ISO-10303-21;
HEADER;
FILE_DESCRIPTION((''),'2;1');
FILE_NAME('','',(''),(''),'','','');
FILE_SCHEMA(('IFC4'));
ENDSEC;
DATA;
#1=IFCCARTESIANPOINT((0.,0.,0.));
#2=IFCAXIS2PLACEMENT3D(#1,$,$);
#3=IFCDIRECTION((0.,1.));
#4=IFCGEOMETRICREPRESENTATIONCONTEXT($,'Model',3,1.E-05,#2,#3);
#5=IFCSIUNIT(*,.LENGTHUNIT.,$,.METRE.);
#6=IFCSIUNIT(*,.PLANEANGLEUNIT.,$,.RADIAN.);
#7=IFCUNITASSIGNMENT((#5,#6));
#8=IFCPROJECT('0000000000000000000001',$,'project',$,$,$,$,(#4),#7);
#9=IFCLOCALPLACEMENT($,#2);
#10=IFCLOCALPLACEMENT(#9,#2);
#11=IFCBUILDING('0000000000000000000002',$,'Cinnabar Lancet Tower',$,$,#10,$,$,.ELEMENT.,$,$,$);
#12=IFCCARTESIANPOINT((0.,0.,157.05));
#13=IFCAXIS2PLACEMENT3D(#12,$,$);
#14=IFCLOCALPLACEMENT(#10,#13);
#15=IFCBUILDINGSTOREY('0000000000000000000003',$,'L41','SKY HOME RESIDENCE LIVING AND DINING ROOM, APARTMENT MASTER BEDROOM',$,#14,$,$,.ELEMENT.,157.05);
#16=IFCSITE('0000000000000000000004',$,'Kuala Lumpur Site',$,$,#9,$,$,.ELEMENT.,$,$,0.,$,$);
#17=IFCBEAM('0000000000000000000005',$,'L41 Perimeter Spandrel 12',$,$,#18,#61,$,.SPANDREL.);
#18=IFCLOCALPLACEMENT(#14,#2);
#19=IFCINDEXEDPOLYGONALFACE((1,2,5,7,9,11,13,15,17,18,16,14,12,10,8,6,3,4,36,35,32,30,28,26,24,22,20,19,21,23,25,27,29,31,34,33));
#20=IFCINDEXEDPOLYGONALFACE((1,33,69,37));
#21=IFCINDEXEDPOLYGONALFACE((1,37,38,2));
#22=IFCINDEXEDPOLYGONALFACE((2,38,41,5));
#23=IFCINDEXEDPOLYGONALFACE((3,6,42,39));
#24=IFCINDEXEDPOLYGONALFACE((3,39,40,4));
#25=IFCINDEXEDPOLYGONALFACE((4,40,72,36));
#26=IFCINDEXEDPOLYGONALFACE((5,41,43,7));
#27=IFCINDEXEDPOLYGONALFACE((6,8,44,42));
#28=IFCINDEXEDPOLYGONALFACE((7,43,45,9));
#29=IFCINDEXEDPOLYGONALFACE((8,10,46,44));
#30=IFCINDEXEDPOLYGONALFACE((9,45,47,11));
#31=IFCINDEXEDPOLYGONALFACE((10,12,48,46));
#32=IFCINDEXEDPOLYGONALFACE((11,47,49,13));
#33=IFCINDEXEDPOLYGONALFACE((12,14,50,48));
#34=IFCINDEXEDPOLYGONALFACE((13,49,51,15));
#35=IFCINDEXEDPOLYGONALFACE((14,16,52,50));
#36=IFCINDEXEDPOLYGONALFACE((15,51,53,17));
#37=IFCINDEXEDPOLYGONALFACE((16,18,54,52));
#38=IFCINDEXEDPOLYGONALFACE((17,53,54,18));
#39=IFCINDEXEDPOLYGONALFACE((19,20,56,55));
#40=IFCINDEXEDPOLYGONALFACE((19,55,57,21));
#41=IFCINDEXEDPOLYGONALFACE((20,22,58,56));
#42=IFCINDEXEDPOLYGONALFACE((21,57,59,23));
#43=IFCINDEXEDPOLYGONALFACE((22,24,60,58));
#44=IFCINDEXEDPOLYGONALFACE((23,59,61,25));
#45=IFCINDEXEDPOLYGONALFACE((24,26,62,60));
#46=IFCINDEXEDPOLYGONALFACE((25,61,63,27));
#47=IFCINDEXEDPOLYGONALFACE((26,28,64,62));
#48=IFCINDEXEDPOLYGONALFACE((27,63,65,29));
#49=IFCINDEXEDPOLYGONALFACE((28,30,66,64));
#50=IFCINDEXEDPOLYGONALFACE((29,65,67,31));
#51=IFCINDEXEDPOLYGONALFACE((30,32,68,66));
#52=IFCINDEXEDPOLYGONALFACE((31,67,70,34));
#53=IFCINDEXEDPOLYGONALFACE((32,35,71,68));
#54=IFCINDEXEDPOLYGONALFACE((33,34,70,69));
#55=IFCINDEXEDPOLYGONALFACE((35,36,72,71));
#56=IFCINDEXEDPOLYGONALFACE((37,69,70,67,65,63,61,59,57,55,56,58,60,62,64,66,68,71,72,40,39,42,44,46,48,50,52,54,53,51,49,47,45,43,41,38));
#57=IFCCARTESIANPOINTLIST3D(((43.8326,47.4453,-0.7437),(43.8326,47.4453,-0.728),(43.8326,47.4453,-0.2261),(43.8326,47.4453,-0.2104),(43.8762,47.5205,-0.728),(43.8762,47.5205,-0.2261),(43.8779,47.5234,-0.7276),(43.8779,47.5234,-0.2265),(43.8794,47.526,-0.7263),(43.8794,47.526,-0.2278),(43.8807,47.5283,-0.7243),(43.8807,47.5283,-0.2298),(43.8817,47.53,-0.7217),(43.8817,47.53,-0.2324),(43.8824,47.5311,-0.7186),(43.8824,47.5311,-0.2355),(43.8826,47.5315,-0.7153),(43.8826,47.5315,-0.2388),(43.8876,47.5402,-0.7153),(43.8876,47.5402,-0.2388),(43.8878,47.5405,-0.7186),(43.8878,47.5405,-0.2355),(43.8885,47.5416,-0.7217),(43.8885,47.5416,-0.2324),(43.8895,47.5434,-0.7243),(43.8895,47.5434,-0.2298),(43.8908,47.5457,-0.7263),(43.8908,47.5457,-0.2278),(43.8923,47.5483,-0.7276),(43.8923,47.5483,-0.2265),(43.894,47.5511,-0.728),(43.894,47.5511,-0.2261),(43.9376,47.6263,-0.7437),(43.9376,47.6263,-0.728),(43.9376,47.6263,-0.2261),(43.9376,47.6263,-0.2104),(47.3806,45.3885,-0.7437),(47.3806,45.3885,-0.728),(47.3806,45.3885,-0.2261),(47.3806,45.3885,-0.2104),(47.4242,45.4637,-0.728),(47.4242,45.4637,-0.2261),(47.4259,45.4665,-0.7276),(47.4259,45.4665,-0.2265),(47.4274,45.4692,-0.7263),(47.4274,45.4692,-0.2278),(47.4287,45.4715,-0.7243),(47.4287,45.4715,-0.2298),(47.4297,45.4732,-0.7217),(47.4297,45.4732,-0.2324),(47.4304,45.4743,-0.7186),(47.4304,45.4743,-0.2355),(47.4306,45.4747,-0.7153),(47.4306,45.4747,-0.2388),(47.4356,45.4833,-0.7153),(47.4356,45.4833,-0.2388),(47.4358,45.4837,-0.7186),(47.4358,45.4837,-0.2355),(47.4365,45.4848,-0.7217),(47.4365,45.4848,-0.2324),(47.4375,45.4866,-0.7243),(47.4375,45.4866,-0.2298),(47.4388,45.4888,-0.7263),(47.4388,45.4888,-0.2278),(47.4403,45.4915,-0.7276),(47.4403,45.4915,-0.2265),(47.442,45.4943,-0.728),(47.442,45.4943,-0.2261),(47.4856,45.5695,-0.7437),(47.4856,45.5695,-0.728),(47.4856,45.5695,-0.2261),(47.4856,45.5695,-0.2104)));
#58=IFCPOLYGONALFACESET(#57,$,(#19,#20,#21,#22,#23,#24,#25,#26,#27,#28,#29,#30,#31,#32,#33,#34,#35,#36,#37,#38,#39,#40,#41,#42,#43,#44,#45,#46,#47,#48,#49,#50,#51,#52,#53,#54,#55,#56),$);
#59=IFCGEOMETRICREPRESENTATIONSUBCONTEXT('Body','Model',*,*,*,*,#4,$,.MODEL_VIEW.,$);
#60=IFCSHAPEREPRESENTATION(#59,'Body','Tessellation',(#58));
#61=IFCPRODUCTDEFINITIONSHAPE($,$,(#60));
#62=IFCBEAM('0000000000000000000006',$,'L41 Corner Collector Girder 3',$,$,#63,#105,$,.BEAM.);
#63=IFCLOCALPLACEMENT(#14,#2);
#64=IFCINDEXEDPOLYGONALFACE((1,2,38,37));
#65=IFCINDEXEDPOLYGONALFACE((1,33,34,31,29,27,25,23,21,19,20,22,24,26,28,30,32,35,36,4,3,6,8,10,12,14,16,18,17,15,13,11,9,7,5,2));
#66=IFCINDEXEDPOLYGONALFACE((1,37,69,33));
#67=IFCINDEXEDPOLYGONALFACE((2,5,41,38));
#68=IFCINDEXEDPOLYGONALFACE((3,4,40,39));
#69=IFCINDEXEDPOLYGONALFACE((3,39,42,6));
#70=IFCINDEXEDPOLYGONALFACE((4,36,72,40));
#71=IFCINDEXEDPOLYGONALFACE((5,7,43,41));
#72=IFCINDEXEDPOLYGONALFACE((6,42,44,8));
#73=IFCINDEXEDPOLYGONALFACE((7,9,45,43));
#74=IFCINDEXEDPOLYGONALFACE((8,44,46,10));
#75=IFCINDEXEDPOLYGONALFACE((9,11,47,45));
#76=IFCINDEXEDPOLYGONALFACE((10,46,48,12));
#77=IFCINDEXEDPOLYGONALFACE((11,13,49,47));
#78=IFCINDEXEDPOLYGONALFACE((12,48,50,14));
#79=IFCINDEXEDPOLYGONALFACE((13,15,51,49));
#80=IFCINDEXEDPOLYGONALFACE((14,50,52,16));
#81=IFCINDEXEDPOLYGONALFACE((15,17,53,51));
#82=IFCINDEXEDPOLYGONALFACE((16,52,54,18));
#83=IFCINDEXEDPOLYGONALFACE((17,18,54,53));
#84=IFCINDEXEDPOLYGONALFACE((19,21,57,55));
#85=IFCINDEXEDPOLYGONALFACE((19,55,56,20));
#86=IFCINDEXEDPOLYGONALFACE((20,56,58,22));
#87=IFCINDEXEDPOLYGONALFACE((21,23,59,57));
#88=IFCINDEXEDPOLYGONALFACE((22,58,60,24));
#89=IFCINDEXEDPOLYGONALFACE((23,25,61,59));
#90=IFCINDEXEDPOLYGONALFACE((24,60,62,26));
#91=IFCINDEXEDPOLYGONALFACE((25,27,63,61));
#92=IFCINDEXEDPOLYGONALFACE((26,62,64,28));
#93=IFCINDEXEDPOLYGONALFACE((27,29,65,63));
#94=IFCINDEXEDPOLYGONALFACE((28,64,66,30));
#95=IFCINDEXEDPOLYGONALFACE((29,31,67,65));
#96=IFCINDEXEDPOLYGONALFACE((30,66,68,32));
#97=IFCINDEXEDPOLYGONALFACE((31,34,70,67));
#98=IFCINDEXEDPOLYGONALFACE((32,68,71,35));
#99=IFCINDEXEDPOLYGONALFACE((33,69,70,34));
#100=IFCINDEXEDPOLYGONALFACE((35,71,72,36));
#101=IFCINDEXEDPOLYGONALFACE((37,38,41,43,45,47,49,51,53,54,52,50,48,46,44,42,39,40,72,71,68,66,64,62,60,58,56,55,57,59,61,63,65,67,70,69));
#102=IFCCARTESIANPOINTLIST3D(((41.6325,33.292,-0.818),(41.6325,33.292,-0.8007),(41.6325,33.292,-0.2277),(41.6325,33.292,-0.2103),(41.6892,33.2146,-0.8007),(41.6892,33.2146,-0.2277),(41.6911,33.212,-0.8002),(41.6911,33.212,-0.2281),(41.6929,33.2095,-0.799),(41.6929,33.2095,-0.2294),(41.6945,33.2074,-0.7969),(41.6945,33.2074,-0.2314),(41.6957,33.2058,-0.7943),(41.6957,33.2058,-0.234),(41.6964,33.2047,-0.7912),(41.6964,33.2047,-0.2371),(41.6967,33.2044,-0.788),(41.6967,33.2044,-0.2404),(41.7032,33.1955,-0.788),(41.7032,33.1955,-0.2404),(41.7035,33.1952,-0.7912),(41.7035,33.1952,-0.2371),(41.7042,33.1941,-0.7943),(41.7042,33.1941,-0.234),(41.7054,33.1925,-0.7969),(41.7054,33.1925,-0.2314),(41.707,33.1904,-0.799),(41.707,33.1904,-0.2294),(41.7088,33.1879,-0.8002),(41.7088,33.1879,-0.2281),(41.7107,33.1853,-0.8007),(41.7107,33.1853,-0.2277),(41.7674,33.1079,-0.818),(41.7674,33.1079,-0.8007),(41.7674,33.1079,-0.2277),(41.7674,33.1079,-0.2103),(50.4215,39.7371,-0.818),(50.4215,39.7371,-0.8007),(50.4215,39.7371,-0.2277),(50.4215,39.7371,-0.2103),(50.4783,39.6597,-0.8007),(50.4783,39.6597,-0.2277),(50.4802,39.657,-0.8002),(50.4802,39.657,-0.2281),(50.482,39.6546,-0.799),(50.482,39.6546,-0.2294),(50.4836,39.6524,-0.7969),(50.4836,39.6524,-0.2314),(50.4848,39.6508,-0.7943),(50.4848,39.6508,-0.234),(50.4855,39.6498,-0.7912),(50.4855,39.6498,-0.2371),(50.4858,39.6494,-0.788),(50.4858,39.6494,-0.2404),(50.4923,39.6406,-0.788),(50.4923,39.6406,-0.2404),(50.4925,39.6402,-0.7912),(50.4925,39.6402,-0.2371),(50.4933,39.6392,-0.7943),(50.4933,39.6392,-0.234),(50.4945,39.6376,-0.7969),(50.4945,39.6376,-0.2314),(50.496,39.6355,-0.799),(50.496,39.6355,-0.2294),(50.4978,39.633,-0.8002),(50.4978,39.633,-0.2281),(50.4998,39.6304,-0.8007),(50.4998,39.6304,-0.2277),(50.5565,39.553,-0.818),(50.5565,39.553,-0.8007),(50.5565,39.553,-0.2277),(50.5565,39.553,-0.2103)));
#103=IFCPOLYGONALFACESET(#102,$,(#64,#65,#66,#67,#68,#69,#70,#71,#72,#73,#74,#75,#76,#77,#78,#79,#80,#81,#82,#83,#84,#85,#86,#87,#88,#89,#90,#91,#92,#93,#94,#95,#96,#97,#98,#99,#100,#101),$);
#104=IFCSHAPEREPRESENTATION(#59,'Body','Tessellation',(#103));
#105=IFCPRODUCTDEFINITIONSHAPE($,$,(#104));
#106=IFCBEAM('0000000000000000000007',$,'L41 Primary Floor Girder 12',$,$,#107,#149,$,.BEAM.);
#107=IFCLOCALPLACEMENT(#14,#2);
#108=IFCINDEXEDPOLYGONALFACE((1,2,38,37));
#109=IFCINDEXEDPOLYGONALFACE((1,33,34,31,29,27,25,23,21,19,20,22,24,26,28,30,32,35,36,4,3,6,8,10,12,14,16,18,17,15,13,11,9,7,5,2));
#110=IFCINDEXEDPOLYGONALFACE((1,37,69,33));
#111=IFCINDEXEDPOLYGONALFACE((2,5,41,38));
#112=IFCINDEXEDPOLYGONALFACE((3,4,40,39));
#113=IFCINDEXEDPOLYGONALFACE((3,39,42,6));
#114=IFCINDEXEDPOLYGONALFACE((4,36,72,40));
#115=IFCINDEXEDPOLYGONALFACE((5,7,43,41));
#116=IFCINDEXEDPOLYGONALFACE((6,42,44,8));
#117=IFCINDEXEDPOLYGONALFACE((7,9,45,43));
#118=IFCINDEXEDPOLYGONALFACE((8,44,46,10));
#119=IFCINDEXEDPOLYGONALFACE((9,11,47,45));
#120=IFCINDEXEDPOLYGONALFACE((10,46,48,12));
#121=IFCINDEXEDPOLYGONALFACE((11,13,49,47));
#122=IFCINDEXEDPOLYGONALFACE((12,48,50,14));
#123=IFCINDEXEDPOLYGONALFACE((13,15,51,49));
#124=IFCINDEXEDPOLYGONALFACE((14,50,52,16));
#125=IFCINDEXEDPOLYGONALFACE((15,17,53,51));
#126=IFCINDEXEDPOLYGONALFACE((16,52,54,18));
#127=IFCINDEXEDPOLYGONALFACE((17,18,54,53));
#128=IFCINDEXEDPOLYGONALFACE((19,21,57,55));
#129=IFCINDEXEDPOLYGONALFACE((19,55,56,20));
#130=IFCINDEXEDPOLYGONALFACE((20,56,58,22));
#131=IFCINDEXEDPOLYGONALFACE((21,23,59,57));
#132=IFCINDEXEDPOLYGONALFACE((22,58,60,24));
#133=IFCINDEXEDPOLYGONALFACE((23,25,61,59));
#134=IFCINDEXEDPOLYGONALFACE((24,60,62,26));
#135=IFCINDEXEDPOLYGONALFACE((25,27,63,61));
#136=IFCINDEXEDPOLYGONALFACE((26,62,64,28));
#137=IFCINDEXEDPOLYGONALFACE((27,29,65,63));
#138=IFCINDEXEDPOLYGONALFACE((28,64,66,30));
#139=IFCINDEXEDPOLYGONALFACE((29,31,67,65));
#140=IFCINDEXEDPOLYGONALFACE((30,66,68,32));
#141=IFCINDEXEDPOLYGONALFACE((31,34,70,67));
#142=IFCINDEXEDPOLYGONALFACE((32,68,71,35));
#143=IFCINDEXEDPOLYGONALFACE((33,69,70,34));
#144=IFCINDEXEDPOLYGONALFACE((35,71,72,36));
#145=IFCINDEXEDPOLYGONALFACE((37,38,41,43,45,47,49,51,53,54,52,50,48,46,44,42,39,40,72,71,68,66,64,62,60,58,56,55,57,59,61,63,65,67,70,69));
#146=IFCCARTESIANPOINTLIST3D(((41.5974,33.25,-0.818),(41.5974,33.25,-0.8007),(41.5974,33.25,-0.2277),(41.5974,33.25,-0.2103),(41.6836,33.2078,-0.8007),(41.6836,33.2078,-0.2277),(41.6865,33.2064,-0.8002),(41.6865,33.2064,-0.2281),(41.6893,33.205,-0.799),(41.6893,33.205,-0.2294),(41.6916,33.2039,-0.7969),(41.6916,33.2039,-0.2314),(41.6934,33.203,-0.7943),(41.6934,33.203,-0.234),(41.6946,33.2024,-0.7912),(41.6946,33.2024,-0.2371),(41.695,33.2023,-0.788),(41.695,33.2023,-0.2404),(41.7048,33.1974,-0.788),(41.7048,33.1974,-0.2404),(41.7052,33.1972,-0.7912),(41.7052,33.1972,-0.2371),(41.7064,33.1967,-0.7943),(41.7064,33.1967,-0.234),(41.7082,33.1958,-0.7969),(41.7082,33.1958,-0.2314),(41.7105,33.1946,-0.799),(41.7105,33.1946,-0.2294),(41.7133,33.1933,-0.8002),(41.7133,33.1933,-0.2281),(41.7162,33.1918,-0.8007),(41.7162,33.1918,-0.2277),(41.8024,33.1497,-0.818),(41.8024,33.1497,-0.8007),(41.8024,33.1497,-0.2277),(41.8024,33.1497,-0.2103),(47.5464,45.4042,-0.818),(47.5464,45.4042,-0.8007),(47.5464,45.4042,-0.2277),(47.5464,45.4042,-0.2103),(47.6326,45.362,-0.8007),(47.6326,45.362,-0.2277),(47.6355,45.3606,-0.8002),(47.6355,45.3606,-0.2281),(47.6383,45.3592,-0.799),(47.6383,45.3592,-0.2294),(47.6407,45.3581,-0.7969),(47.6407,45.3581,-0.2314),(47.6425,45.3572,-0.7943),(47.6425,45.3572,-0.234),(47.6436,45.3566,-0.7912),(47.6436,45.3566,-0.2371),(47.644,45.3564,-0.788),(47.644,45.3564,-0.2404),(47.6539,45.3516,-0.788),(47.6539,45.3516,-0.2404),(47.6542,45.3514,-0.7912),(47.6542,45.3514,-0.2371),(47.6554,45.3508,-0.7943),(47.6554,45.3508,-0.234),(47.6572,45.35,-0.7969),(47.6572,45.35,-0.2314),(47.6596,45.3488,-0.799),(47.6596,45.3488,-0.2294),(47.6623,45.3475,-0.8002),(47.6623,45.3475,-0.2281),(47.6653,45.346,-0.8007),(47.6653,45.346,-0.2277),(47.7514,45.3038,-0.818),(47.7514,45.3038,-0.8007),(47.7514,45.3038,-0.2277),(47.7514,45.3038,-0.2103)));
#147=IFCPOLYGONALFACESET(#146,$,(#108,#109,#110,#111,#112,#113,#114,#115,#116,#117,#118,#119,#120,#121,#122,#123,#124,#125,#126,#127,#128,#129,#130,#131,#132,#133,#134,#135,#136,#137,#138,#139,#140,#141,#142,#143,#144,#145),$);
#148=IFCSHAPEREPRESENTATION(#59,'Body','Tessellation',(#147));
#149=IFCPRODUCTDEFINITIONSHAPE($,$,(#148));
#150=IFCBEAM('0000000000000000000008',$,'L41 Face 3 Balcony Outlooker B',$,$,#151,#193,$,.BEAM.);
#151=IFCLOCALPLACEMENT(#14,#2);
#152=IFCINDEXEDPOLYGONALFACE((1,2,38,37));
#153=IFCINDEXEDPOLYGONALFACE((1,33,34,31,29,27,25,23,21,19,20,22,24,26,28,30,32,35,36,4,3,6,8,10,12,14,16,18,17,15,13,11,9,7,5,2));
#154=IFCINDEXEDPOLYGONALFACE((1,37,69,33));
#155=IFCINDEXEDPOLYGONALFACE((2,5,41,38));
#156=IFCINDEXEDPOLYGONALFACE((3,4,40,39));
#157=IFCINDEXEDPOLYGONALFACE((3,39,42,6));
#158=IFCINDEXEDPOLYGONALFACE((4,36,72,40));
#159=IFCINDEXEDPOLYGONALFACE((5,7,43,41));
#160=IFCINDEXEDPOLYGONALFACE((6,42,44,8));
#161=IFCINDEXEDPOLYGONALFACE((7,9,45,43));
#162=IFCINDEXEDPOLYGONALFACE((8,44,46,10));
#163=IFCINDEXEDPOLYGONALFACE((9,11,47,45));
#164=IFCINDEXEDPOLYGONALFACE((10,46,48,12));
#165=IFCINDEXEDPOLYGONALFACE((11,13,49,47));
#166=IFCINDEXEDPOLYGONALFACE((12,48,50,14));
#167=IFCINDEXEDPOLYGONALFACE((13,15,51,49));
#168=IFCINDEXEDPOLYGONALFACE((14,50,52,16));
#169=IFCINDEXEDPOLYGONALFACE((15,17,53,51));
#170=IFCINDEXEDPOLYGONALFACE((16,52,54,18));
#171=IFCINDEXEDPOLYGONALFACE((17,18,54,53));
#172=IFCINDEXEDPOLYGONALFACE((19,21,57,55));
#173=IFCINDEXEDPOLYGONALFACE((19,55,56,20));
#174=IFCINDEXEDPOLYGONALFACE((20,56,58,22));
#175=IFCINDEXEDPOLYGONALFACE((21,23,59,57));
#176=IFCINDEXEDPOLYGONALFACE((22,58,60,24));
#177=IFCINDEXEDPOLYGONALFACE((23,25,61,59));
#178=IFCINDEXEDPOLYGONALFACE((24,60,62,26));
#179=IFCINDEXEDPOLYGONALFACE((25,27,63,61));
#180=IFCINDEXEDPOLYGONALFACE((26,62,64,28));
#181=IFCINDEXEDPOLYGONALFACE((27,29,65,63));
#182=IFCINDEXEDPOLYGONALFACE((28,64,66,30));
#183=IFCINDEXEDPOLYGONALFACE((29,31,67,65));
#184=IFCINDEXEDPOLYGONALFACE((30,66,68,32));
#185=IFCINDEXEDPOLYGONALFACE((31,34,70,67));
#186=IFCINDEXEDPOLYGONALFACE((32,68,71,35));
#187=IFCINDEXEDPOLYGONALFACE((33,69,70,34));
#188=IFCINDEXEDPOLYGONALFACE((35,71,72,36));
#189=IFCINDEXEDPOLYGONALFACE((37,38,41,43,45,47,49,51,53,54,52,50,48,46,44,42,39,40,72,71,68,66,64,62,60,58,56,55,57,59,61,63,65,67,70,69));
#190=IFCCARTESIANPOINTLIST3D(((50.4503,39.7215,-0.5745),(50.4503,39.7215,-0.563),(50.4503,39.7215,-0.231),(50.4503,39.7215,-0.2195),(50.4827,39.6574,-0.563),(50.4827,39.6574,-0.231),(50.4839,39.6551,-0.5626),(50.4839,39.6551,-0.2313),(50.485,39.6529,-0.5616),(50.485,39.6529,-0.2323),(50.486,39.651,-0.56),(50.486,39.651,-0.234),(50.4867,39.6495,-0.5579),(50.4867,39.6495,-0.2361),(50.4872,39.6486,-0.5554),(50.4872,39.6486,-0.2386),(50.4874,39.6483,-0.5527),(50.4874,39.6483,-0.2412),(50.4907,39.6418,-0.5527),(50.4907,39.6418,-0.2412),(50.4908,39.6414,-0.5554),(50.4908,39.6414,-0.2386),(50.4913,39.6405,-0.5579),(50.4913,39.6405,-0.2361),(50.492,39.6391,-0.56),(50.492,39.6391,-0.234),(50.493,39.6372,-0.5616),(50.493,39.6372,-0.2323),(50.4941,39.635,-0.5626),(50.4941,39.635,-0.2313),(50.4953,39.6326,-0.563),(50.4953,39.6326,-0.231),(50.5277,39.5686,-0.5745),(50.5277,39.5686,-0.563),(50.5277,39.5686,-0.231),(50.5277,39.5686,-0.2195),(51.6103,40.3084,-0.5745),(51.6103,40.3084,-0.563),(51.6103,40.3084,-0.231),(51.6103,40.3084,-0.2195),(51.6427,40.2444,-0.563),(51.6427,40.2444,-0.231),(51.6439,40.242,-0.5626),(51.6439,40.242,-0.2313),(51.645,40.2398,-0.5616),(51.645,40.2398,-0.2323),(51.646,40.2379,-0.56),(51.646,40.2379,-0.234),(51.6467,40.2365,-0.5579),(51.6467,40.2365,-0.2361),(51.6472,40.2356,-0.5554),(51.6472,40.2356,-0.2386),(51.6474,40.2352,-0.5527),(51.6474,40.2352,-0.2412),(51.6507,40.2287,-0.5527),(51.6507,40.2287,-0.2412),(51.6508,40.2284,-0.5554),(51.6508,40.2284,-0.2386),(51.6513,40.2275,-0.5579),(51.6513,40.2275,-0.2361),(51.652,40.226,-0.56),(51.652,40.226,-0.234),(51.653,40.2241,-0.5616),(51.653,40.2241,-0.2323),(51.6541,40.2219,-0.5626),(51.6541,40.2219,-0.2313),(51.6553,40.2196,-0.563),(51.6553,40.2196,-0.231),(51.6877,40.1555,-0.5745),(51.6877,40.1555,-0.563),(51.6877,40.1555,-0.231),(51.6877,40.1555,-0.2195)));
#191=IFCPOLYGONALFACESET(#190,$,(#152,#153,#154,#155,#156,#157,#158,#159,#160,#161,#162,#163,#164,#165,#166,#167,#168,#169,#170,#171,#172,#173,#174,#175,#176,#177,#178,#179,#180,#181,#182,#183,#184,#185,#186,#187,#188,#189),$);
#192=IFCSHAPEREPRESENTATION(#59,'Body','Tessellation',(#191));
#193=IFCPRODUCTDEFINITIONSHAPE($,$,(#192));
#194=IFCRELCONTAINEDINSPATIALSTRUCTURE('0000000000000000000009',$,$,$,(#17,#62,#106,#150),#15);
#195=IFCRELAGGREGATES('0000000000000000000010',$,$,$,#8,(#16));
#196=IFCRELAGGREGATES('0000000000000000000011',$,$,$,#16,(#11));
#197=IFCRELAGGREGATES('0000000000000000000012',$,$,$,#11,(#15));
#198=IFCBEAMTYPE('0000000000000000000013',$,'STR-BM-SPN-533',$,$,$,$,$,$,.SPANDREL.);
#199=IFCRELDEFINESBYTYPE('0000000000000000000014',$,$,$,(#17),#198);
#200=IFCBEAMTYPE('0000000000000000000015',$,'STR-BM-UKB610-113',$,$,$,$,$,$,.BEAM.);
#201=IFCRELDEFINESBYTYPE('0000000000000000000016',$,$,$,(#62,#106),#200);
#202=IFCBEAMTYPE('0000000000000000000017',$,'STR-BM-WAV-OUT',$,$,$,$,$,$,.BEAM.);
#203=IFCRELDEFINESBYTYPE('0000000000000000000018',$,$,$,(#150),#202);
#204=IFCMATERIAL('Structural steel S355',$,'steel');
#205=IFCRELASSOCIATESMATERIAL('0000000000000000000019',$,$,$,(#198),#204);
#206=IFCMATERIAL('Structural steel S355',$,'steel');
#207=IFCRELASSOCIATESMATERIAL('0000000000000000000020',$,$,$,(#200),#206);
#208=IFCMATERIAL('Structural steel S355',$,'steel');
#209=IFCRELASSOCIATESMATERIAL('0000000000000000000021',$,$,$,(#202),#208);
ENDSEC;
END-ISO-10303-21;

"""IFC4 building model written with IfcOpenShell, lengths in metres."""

from ifc_helpers import new_model, si_unit, direction, frame, origin, origin_2d, place, context, subcontext, project, spatial, i_section, extrude, material, material_profile, profile_set, type_object, element, save


model = new_model("IFC4")

# Units and contexts
model_context = context("Model", 3, precision=1e-05, world=origin(), true_north=direction((0.0, 1.0)))
body_context = subcontext(model_context, "Body", "Model", "MODEL_VIEW")
ifc_project = project(units=[si_unit("LENGTHUNIT", "METRE"), si_unit("PLANEANGLEUNIT", "RADIAN")], contexts=[model_context])

# Site, building, storey
site_placement = place(None, origin())
site = spatial("IfcSite", under=ifc_project, at=site_placement, Name="Kuala Lumpur Site", CompositionType="ELEMENT", RefElevation=0.0)
building_placement = place(site_placement, origin())
building = spatial("IfcBuilding", under=site, at=building_placement, Name="Cinnabar Lancet Tower", CompositionType="ELEMENT")
storey_placement = place(building_placement, frame((0.0, 0.0, 157.05)))
storey = spatial("IfcBuildingStorey", under=building, at=storey_placement, Name="L41", Description="SKY HOME RESIDENCE LIVING AND DINING ROOM, APARTMENT MASTER BEDROOM", CompositionType="ELEMENT", Elevation=157.05)

# Beams
ifc_material_1 = material(Name="Structural steel S355", Category="steel")
ifc_material_profile_1 = material_profile(ifc_material_1, i_section(OverallWidth=0.2092, OverallDepth=0.5332, WebThickness=0.01, FlangeThickness=0.0156, FilletRadius=0.0127, at=origin_2d()), Name="UKB 533x210x92")
ifc_profile_set_1 = profile_set([ifc_material_profile_1], Name="Structural steel S355")
beam_type_1 = type_object("IfcBeamType", Name="STR-BM-SPN-533", PredefinedType="SPANDREL", material=ifc_profile_set_1)
beam_1_placement = place(storey_placement, frame((47.4331, 45.479, -0.4771), z_axis=(-0.865138, 0.501534, 0.0), x_axis=(-0.501534, -0.865138, 0.0)))
element("IfcBeam", 1, at=beam_1_placement, inside=storey, type_object=beam_type_1, Name="L41 Perimeter Spandrel 12", PredefinedType="SPANDREL", context=body_context, shape_type="SweptSolid", body=[
    extrude(i_section(OverallWidth=0.2092, OverallDepth=0.5332, WebThickness=0.01, FlangeThickness=0.0156, FilletRadius=0.0127, at=origin_2d()), origin(), (0.0, 0.0, 1.0), 4.1011),
])
ifc_material_2 = material(Name="Structural steel S355", Category="steel")
ifc_material_profile_2 = material_profile(ifc_material_2, i_section(OverallWidth=0.2283, OverallDepth=0.6077, WebThickness=0.011, FlangeThickness=0.0173, FilletRadius=0.0127, at=origin_2d()), Name="UKB 610x229x113")
ifc_profile_set_2 = profile_set([ifc_material_profile_2], Name="Structural steel S355")
beam_type_2 = type_object("IfcBeamType", Name="STR-BM-UKB610-113", PredefinedType="BEAM", material=ifc_profile_set_2)
beam_2_placement = place(storey_placement, frame((50.489, 39.645, -0.5142), z_axis=(-0.806416, -0.591349, 0.0), x_axis=(0.591349, -0.806416, 0.0)))
element("IfcBeam", 2, at=beam_2_placement, inside=storey, type_object=beam_type_2, Name="L41 Corner Collector Girder 3", PredefinedType="BEAM", context=body_context, shape_type="SweptSolid", body=[
    extrude(i_section(OverallWidth=0.2283, OverallDepth=0.6077, WebThickness=0.011, FlangeThickness=0.0173, FilletRadius=0.0127, at=origin_2d()), origin(), (0.0, 0.0, 1.0), 10.8989),
])
beam_3_placement = place(storey_placement, frame((47.6489, 45.354, -0.5142), z_axis=(-0.439627, -0.89818, 0.0), x_axis=(0.89818, -0.439627, 0.0)))
element("IfcBeam", 3, at=beam_3_placement, inside=storey, type_object=beam_type_2, Name="L41 Primary Floor Girder 12", PredefinedType="BEAM", context=body_context, shape_type="SweptSolid", body=[
    extrude(i_section(OverallWidth=0.2283, OverallDepth=0.6077, WebThickness=0.011, FlangeThickness=0.0173, FilletRadius=0.0127, at=origin_2d()), origin(), (0.0, 0.0, 1.0), 13.532),
])
ifc_material_3 = material(Name="Structural steel S355", Category="steel")
ifc_material_profile_3 = material_profile(ifc_material_3, i_section(OverallWidth=0.1714, OverallDepth=0.355, WebThickness=0.0073, FlangeThickness=0.0115, FilletRadius=0.0103, at=origin_2d()), Name="UKB 356x171x51")
ifc_profile_set_3 = profile_set([ifc_material_profile_3], Name="Structural steel S355")
beam_type_3 = type_object("IfcBeamType", Name="STR-BM-WAV-OUT", PredefinedType="BEAM", material=ifc_profile_set_3)
beam_4_placement = place(storey_placement, frame((50.489, 39.645, -0.397), z_axis=(0.892276, 0.45149, 0.0), x_axis=(-0.45149, 0.892276, 0.0)))
element("IfcBeam", 4, at=beam_4_placement, inside=storey, type_object=beam_type_3, Name="L41 Face 3 Balcony Outlooker B", PredefinedType="BEAM", context=body_context, shape_type="SweptSolid", body=[
    extrude(i_section(OverallWidth=0.1714, OverallDepth=0.355, WebThickness=0.0073, FlangeThickness=0.0115, FilletRadius=0.0103, at=origin_2d()), origin(), (0.0, 0.0, 1.0), 1.3),
])

save(model, "model.ifc")
